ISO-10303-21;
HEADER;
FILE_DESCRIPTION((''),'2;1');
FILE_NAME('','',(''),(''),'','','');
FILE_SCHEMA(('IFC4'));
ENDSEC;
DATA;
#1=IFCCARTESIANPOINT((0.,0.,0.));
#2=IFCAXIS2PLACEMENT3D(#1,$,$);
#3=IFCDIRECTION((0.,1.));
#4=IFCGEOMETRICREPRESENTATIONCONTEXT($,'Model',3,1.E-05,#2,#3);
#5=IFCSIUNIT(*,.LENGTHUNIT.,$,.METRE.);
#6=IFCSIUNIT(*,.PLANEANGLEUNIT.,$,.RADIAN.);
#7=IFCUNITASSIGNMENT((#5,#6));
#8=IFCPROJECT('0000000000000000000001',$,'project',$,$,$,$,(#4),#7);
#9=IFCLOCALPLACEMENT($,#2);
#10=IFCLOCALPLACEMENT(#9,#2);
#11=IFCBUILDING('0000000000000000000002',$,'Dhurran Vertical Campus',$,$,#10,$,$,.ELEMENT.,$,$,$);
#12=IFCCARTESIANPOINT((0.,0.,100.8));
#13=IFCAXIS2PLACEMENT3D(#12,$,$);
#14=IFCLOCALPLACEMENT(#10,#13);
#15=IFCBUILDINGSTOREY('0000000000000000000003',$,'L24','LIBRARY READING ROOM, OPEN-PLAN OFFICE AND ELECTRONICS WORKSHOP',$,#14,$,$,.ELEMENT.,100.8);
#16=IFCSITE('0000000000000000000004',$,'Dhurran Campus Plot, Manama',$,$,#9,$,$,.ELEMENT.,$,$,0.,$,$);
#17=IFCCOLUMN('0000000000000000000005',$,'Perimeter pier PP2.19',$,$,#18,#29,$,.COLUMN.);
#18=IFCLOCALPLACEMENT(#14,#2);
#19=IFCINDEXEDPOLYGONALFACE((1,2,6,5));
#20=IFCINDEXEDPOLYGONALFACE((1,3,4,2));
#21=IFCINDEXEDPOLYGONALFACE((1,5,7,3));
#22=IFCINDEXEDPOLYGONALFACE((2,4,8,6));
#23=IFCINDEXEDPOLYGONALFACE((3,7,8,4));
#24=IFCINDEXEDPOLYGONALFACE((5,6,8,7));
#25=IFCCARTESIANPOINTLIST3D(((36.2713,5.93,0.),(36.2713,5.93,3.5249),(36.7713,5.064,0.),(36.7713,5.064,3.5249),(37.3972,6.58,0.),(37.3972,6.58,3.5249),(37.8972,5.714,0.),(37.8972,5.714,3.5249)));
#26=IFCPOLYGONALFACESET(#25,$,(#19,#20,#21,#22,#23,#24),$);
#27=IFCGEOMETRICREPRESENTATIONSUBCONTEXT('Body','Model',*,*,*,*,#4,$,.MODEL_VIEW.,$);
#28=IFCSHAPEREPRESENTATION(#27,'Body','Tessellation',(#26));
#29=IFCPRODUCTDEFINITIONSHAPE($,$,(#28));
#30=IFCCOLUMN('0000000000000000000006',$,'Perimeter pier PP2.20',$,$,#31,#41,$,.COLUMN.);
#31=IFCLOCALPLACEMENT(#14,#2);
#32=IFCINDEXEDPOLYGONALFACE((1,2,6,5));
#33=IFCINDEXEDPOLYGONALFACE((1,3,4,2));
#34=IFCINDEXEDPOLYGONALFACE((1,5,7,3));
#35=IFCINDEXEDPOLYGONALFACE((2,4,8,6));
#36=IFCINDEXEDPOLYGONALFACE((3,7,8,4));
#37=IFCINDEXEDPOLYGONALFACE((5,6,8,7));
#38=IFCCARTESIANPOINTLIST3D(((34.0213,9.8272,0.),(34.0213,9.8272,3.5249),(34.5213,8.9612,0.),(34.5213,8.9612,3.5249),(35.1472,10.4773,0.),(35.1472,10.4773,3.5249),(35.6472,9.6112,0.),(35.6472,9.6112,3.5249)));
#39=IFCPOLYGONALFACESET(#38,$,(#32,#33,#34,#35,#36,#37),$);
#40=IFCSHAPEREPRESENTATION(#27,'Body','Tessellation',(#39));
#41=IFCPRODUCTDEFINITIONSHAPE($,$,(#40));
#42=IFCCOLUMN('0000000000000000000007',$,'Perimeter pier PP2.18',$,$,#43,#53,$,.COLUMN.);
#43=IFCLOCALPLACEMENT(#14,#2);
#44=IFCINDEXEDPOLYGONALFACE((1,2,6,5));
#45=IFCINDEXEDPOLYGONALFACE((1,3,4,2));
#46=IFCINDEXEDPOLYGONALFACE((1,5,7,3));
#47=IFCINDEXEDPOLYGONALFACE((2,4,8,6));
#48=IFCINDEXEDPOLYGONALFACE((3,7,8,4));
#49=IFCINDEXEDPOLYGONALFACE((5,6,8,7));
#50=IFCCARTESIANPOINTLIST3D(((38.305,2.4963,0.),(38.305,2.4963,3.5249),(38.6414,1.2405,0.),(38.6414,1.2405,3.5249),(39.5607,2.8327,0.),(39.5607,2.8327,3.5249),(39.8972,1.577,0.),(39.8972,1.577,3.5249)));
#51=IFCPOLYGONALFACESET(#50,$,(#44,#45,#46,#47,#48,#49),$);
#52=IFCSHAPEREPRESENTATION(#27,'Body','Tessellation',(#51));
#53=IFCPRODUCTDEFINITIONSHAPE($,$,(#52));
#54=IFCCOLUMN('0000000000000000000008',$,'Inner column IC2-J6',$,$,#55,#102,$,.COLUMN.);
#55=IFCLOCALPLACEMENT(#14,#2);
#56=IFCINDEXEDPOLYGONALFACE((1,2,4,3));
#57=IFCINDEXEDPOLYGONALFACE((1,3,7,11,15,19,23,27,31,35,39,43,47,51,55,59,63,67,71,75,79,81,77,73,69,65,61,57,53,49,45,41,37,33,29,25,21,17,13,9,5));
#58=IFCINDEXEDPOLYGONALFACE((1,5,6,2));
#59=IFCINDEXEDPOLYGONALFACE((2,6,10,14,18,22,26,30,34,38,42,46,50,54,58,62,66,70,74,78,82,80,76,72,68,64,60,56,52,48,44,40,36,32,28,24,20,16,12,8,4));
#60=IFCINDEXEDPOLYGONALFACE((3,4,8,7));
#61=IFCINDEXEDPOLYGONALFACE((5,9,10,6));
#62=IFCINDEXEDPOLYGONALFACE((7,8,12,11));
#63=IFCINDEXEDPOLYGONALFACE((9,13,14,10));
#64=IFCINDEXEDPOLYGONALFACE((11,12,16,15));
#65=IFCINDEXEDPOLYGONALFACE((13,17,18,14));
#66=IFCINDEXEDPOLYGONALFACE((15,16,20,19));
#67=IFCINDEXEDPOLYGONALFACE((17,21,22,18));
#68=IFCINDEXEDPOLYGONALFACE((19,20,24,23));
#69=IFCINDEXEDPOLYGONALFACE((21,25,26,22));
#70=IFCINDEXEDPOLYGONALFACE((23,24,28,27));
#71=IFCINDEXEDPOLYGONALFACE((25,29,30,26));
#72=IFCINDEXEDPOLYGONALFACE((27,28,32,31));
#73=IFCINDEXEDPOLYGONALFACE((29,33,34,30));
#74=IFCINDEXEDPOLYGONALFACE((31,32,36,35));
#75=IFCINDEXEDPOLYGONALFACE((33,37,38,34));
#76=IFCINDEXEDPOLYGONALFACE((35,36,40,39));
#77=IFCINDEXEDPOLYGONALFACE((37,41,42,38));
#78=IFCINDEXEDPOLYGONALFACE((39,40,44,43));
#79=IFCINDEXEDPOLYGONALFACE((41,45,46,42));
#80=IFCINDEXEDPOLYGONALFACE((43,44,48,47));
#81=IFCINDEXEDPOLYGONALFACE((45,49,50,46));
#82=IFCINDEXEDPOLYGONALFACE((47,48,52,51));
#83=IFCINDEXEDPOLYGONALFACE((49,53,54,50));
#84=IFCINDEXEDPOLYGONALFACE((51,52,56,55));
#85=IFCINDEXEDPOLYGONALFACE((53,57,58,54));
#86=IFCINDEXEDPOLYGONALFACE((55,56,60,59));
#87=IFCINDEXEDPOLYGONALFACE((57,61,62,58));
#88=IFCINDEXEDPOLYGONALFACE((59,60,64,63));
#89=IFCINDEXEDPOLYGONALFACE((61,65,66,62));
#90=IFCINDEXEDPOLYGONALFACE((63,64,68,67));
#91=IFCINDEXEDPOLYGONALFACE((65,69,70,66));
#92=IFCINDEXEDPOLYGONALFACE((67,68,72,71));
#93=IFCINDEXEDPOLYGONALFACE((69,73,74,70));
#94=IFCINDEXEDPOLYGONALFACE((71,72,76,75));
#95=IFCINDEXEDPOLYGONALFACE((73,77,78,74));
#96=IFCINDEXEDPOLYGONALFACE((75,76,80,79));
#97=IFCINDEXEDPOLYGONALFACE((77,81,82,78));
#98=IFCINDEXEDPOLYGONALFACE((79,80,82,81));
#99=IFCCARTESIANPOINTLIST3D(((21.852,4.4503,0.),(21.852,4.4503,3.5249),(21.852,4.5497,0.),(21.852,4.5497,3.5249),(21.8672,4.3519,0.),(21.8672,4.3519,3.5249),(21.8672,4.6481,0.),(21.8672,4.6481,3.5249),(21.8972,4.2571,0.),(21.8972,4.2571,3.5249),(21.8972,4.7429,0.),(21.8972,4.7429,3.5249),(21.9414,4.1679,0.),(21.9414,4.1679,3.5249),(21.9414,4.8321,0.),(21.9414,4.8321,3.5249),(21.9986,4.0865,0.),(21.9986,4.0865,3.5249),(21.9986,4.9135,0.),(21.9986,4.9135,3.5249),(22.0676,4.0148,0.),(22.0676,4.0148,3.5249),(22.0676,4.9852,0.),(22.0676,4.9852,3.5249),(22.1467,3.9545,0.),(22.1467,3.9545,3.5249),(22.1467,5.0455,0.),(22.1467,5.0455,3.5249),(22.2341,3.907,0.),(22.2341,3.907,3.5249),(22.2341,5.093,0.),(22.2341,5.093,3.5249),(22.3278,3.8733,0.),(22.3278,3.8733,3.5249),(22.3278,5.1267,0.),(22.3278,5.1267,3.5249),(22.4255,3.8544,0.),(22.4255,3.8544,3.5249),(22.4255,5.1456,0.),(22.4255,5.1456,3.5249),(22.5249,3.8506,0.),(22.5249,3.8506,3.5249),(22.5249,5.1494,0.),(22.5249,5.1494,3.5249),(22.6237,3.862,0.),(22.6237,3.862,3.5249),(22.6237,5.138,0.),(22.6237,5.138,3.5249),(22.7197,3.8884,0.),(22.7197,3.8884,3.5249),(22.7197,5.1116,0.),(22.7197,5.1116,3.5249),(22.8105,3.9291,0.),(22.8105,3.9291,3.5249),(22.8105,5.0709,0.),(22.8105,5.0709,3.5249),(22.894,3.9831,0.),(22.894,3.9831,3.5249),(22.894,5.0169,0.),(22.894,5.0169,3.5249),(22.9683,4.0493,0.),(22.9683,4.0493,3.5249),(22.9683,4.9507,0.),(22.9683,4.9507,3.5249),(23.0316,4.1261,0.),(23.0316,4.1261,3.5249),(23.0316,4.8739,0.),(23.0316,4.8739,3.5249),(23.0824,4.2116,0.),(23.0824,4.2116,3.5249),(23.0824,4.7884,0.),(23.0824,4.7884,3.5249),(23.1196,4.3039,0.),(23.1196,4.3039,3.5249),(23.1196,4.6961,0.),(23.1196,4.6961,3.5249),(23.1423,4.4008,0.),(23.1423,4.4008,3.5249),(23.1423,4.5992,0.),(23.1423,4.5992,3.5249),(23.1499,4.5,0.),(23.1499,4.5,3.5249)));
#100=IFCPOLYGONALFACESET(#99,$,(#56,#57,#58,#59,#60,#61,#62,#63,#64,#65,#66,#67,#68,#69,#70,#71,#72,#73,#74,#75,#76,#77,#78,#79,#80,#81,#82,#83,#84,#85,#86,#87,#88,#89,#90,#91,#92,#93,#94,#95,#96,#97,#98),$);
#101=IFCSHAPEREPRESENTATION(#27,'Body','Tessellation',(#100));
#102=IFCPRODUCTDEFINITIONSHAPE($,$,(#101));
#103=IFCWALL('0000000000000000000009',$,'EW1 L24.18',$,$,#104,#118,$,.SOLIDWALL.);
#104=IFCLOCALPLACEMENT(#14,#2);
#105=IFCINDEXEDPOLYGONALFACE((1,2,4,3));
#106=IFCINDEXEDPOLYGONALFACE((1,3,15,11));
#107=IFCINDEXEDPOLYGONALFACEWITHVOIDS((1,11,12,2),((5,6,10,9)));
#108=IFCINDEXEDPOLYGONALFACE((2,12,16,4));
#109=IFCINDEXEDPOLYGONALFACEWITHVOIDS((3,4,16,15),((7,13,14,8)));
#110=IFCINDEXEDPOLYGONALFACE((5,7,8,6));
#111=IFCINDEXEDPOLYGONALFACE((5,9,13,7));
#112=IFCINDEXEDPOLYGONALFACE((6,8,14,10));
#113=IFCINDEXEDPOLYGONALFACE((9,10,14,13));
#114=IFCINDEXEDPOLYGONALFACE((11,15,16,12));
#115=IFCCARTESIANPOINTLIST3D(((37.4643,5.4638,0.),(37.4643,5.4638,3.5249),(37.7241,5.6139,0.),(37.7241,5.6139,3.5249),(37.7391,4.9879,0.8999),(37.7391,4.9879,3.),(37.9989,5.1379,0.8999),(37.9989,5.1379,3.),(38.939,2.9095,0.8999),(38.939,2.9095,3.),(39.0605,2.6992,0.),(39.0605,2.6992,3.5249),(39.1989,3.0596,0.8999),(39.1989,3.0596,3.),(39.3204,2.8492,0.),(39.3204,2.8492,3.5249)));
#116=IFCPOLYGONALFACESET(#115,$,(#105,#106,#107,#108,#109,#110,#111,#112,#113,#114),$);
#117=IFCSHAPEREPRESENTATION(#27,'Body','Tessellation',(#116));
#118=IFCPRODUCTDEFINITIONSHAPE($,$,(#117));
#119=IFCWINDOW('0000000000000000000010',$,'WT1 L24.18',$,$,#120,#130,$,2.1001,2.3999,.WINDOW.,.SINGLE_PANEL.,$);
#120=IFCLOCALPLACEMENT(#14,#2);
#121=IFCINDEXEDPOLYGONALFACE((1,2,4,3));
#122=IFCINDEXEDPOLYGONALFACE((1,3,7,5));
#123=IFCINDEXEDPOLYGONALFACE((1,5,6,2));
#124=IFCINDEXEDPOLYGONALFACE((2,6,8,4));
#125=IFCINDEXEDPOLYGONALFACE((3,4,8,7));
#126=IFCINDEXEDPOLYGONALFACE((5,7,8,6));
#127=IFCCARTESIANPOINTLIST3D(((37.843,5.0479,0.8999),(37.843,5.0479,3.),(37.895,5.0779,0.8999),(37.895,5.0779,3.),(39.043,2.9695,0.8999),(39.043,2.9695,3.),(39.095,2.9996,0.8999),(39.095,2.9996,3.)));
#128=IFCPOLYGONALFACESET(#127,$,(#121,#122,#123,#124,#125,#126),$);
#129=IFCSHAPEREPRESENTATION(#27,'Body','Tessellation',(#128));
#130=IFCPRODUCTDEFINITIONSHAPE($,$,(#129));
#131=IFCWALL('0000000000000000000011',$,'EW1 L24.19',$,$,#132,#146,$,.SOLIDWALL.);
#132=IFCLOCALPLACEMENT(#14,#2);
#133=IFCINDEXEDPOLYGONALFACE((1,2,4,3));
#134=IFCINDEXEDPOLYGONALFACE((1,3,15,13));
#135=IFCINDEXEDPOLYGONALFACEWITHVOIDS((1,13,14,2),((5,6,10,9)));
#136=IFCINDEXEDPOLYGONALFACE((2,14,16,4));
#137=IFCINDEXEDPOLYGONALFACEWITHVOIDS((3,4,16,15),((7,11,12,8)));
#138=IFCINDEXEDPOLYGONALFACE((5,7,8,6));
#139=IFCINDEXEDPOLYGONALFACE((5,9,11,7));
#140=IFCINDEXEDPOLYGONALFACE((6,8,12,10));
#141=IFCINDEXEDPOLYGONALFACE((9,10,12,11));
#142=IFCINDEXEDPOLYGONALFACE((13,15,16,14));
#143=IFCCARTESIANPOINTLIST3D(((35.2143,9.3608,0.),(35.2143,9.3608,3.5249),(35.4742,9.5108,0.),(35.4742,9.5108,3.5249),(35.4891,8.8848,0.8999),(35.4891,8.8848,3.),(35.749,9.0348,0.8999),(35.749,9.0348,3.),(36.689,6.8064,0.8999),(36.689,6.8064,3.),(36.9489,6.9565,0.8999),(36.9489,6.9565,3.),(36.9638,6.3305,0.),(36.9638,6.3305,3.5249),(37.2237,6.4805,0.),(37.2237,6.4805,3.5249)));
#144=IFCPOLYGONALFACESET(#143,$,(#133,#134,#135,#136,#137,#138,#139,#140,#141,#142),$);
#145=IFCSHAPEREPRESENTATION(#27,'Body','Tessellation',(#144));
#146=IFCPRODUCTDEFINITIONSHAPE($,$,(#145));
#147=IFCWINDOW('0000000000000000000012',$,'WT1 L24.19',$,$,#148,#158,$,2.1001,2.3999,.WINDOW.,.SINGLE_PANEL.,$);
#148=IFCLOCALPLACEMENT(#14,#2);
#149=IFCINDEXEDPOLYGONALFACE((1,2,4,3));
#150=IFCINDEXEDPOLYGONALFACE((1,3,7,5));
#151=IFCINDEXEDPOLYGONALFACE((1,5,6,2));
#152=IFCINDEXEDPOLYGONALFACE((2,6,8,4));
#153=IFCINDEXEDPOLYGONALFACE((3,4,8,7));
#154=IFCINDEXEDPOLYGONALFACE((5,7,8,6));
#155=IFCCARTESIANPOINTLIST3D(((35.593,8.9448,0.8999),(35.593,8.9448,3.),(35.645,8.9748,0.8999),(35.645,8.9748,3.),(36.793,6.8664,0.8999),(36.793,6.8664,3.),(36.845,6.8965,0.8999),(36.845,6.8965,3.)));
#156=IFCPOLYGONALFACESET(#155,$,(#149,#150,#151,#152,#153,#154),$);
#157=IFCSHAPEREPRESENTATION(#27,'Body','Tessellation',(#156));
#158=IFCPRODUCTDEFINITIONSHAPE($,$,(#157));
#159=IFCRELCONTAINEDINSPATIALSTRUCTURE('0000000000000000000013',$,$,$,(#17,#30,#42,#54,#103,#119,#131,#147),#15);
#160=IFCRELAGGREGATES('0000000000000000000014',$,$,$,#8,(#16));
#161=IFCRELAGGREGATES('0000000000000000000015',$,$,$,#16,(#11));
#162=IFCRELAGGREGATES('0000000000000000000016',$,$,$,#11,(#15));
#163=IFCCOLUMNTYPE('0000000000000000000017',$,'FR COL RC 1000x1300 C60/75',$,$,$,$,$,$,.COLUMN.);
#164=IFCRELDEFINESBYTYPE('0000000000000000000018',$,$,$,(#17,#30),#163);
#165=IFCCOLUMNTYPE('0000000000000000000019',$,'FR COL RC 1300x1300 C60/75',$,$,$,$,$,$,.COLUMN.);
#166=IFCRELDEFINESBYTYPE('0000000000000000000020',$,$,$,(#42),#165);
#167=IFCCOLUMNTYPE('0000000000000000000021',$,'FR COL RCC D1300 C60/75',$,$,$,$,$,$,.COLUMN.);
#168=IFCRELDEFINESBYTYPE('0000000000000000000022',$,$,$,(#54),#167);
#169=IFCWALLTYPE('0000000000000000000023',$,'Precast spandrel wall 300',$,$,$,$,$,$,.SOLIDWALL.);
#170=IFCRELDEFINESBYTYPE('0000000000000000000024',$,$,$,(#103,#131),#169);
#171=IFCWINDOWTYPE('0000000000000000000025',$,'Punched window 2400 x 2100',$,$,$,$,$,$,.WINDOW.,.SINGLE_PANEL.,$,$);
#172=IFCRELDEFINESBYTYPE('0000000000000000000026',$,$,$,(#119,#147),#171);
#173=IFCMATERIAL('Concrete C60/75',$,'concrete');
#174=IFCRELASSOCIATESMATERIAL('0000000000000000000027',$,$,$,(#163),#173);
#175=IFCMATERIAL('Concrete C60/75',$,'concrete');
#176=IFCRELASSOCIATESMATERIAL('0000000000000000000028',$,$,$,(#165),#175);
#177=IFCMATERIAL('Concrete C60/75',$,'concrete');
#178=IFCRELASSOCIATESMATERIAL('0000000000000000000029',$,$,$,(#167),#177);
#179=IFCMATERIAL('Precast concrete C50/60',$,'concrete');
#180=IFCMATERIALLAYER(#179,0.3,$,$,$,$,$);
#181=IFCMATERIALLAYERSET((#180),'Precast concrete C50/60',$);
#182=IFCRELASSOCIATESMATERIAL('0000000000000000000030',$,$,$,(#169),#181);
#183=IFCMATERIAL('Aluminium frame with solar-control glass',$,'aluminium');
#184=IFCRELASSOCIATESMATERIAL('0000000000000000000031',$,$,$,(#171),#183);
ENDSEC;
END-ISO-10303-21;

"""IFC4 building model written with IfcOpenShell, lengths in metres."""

from ifc_helpers import new_model, si_unit, direction, frame, frame_2d, origin, origin_2d, place, context, subcontext, project, spatial, rectangle, circle, extrude, material, layer, layer_set, material_profile, profile_set, type_object, element, fill, save


model = new_model("IFC4")

# Units and contexts
model_context = context("Model", 3, precision=1e-05, world=origin(), true_north=direction((0.0, 1.0)))
body_context = subcontext(model_context, "Body", "Model", "MODEL_VIEW")
ifc_project = project(units=[si_unit("LENGTHUNIT", "METRE"), si_unit("PLANEANGLEUNIT", "RADIAN")], contexts=[model_context])

# Site, building, storey
site_placement = place(None, origin())
site = spatial("IfcSite", under=ifc_project, at=site_placement, Name="Dhurran Campus Plot, Manama", CompositionType="ELEMENT", RefElevation=0.0)
building_placement = place(site_placement, origin())
building = spatial("IfcBuilding", under=site, at=building_placement, Name="Dhurran Vertical Campus", CompositionType="ELEMENT")
storey_placement = place(building_placement, frame((0.0, 0.0, 100.8)))
storey = spatial("IfcBuildingStorey", under=building, at=storey_placement, Name="L24", Description="LIBRARY READING ROOM, OPEN-PLAN OFFICE AND ELECTRONICS WORKSHOP", CompositionType="ELEMENT", Elevation=100.8)

# Columns
ifc_material_1 = material(Name="Concrete C60/75", Category="concrete")
ifc_material_profile_1 = material_profile(ifc_material_1, rectangle(XDim=1.0, YDim=1.3, at=origin_2d()), Name="RC 1000x1300")
ifc_profile_set_1 = profile_set([ifc_material_profile_1], Name="Concrete C60/75")
column_type_1 = type_object("IfcColumnType", Name="FR COL RC 1000x1300 C60/75", PredefinedType="COLUMN", material=ifc_profile_set_1)
for number, where, z_axis, x_axis, name in (
    (1, (37.0842, 5.822, 0.0), (0.0, 0.0, 1.0), (-0.5, 0.866025, 0.0), "Perimeter pier PP2.19"),
    (2, (34.8342, 9.7192, 0.0), (0.0, 0.0, 1.0), (-0.5, 0.866025, 0.0), "Perimeter pier PP2.20"),
):
    element("IfcColumn", number, at=place(storey_placement, frame(where, z_axis=z_axis, x_axis=x_axis)), inside=storey, type_object=column_type_1, Name=name, PredefinedType="COLUMN", context=body_context, shape_type="SweptSolid", body=[
        extrude(rectangle(XDim=1.0, YDim=1.3, at=origin_2d()), origin(), (0.0, 0.0, 1.0), 3.5249),
    ])
ifc_material_2 = material(Name="Concrete C60/75", Category="concrete")
ifc_material_profile_2 = material_profile(ifc_material_2, rectangle(XDim=1.3, YDim=1.3, at=origin_2d()), Name="RC 1300x1300")
ifc_profile_set_2 = profile_set([ifc_material_profile_2], Name="Concrete C60/75")
column_type_2 = type_object("IfcColumnType", Name="FR COL RC 1300x1300 C60/75", PredefinedType="COLUMN", material=ifc_profile_set_2)
column_1_placement = place(storey_placement, frame((39.1011, 2.0366, 0.0), z_axis=(0.0, 0.0, 1.0), x_axis=(-0.258819, 0.965926, 0.0)))
element("IfcColumn", 3, at=column_1_placement, inside=storey, type_object=column_type_2, Name="Perimeter pier PP2.18", PredefinedType="COLUMN", context=body_context, shape_type="SweptSolid", body=[
    extrude(rectangle(XDim=1.3, YDim=1.3, at=origin_2d()), origin(), (0.0, 0.0, 1.0), 3.5249),
])
ifc_material_3 = material(Name="Concrete C60/75", Category="concrete")
ifc_material_profile_3 = material_profile(ifc_material_3, circle(Radius=0.6499, at=origin_2d()), Name="RCC D1300")
ifc_profile_set_3 = profile_set([ifc_material_profile_3], Name="Concrete C60/75")
column_type_3 = type_object("IfcColumnType", Name="FR COL RCC D1300 C60/75", PredefinedType="COLUMN", material=ifc_profile_set_3)
column_2_placement = place(storey_placement, frame((22.5, 4.5, 0.0), z_axis=(0.0, 0.0, 1.0), x_axis=(1.0, 0.0, 0.0)))
element("IfcColumn", 4, at=column_2_placement, inside=storey, type_object=column_type_3, Name="Inner column IC2-J6", PredefinedType="COLUMN", context=body_context, shape_type="SweptSolid", body=[
    extrude(circle(Radius=0.6499, at=origin_2d()), origin(), (0.0, 0.0, 1.0), 3.5249),
])

# Walls, openings, windows
ifc_material_4 = material(Name="Precast concrete C50/60", Category="concrete")
ifc_layer_1 = layer(ifc_material_4, 0.3)
ifc_layer_set_1 = layer_set([ifc_layer_1], Name="Precast concrete C50/60")
wall_type_1 = type_object("IfcWallType", Name="Precast spandrel wall 300", PredefinedType="SOLIDWALL", material=ifc_layer_set_1)
wall_1_placement = place(storey_placement, frame((39.1904, 2.7742, 0.0), z_axis=(0.0, 0.0, 1.0), x_axis=(-0.500005, 0.866023, 0.0)))
wall_1 = element("IfcWall", 5, at=wall_1_placement, inside=storey, type_object=wall_type_1, Name="EW1 L24.18", PredefinedType="SOLIDWALL", context=body_context, shape_type="SweptSolid", body=[
    extrude(rectangle(XDim=3.1924, YDim=0.3, at=frame_2d((1.5962, 0.0))), origin(), (0.0, 0.0, 1.0), 3.5249),
])
opening_1_placement = place(wall_1_placement, frame((0.2429, 0.0, 0.8999)))
opening_1 = element("IfcOpeningElement", 6, at=opening_1_placement, cuts=wall_1, PredefinedType="OPENING", context=body_context, shape_type="SweptSolid", body=[
    extrude(rectangle(XDim=2.3999, YDim=2.1001, at=frame_2d((1.2, 1.05))), frame((0.0, 0.1599, 0.0), z_axis=(0.0, -1.0, 0.0), x_axis=(1.0, 0.0, 0.0)), (0.0, 0.0, 1.0), 0.3201),
])
ifc_material_5 = material(Name="Aluminium frame with solar-control glass", Category="aluminium")
window_type = type_object("IfcWindowType", Name="Punched window 2400 x 2100", PartitioningType="SINGLE_PANEL", PredefinedType="WINDOW", material=ifc_material_5)
window_1_placement = place(opening_1_placement, origin())
window_1 = element("IfcWindow", 7, at=window_1_placement, inside=storey, type_object=window_type, Name="WT1 L24.18", OverallHeight=2.1001, OverallWidth=2.3999, PartitioningType="SINGLE_PANEL", PredefinedType="WINDOW", context=body_context, shape_type="SweptSolid", body=[
    extrude(rectangle(XDim=2.3999, YDim=2.1001, at=frame_2d((1.2, 1.05))), frame((0.0, 0.03, 0.0), z_axis=(0.0, -1.0, 0.0), x_axis=(1.0, 0.0, 0.0)), (0.0, 0.0, 1.0), 0.0601),
])
fill(opening_1, window_1)
wall_2_placement = place(storey_placement, frame((37.0938, 6.4055, 0.0), z_axis=(0.0, 0.0, 1.0), x_axis=(-0.499996, 0.866028, 0.0)))
wall_2 = element("IfcWall", 8, at=wall_2_placement, inside=storey, type_object=wall_type_1, Name="EW1 L24.19", PredefinedType="SOLIDWALL", context=body_context, shape_type="SweptSolid", body=[
    extrude(rectangle(XDim=3.499, YDim=0.3, at=frame_2d((1.7495, 0.0))), origin(), (0.0, 0.0, 1.0), 3.5249),
])
opening_2_placement = place(wall_2_placement, frame((0.5496, 0.0, 0.8999)))
opening_2 = element("IfcOpeningElement", 9, at=opening_2_placement, cuts=wall_2, PredefinedType="OPENING", context=body_context, shape_type="SweptSolid", body=[
    extrude(rectangle(XDim=2.3999, YDim=2.1001, at=frame_2d((1.2, 1.05))), frame((0.0, 0.1599, 0.0), z_axis=(0.0, -1.0, 0.0), x_axis=(1.0, 0.0, 0.0)), (0.0, 0.0, 1.0), 0.3201),
])
window_2_placement = place(opening_2_placement, origin())
window_2 = element("IfcWindow", 10, at=window_2_placement, inside=storey, type_object=window_type, Name="WT1 L24.19", OverallHeight=2.1001, OverallWidth=2.3999, PartitioningType="SINGLE_PANEL", PredefinedType="WINDOW", context=body_context, shape_type="SweptSolid", body=[
    extrude(rectangle(XDim=2.3999, YDim=2.1001, at=frame_2d((1.2, 1.05))), frame((0.0, 0.03, 0.0), z_axis=(0.0, -1.0, 0.0), x_axis=(1.0, 0.0, 0.0)), (0.0, 0.0, 1.0), 0.0601),
])
fill(opening_2, window_2)

save(model, "model.ifc")
